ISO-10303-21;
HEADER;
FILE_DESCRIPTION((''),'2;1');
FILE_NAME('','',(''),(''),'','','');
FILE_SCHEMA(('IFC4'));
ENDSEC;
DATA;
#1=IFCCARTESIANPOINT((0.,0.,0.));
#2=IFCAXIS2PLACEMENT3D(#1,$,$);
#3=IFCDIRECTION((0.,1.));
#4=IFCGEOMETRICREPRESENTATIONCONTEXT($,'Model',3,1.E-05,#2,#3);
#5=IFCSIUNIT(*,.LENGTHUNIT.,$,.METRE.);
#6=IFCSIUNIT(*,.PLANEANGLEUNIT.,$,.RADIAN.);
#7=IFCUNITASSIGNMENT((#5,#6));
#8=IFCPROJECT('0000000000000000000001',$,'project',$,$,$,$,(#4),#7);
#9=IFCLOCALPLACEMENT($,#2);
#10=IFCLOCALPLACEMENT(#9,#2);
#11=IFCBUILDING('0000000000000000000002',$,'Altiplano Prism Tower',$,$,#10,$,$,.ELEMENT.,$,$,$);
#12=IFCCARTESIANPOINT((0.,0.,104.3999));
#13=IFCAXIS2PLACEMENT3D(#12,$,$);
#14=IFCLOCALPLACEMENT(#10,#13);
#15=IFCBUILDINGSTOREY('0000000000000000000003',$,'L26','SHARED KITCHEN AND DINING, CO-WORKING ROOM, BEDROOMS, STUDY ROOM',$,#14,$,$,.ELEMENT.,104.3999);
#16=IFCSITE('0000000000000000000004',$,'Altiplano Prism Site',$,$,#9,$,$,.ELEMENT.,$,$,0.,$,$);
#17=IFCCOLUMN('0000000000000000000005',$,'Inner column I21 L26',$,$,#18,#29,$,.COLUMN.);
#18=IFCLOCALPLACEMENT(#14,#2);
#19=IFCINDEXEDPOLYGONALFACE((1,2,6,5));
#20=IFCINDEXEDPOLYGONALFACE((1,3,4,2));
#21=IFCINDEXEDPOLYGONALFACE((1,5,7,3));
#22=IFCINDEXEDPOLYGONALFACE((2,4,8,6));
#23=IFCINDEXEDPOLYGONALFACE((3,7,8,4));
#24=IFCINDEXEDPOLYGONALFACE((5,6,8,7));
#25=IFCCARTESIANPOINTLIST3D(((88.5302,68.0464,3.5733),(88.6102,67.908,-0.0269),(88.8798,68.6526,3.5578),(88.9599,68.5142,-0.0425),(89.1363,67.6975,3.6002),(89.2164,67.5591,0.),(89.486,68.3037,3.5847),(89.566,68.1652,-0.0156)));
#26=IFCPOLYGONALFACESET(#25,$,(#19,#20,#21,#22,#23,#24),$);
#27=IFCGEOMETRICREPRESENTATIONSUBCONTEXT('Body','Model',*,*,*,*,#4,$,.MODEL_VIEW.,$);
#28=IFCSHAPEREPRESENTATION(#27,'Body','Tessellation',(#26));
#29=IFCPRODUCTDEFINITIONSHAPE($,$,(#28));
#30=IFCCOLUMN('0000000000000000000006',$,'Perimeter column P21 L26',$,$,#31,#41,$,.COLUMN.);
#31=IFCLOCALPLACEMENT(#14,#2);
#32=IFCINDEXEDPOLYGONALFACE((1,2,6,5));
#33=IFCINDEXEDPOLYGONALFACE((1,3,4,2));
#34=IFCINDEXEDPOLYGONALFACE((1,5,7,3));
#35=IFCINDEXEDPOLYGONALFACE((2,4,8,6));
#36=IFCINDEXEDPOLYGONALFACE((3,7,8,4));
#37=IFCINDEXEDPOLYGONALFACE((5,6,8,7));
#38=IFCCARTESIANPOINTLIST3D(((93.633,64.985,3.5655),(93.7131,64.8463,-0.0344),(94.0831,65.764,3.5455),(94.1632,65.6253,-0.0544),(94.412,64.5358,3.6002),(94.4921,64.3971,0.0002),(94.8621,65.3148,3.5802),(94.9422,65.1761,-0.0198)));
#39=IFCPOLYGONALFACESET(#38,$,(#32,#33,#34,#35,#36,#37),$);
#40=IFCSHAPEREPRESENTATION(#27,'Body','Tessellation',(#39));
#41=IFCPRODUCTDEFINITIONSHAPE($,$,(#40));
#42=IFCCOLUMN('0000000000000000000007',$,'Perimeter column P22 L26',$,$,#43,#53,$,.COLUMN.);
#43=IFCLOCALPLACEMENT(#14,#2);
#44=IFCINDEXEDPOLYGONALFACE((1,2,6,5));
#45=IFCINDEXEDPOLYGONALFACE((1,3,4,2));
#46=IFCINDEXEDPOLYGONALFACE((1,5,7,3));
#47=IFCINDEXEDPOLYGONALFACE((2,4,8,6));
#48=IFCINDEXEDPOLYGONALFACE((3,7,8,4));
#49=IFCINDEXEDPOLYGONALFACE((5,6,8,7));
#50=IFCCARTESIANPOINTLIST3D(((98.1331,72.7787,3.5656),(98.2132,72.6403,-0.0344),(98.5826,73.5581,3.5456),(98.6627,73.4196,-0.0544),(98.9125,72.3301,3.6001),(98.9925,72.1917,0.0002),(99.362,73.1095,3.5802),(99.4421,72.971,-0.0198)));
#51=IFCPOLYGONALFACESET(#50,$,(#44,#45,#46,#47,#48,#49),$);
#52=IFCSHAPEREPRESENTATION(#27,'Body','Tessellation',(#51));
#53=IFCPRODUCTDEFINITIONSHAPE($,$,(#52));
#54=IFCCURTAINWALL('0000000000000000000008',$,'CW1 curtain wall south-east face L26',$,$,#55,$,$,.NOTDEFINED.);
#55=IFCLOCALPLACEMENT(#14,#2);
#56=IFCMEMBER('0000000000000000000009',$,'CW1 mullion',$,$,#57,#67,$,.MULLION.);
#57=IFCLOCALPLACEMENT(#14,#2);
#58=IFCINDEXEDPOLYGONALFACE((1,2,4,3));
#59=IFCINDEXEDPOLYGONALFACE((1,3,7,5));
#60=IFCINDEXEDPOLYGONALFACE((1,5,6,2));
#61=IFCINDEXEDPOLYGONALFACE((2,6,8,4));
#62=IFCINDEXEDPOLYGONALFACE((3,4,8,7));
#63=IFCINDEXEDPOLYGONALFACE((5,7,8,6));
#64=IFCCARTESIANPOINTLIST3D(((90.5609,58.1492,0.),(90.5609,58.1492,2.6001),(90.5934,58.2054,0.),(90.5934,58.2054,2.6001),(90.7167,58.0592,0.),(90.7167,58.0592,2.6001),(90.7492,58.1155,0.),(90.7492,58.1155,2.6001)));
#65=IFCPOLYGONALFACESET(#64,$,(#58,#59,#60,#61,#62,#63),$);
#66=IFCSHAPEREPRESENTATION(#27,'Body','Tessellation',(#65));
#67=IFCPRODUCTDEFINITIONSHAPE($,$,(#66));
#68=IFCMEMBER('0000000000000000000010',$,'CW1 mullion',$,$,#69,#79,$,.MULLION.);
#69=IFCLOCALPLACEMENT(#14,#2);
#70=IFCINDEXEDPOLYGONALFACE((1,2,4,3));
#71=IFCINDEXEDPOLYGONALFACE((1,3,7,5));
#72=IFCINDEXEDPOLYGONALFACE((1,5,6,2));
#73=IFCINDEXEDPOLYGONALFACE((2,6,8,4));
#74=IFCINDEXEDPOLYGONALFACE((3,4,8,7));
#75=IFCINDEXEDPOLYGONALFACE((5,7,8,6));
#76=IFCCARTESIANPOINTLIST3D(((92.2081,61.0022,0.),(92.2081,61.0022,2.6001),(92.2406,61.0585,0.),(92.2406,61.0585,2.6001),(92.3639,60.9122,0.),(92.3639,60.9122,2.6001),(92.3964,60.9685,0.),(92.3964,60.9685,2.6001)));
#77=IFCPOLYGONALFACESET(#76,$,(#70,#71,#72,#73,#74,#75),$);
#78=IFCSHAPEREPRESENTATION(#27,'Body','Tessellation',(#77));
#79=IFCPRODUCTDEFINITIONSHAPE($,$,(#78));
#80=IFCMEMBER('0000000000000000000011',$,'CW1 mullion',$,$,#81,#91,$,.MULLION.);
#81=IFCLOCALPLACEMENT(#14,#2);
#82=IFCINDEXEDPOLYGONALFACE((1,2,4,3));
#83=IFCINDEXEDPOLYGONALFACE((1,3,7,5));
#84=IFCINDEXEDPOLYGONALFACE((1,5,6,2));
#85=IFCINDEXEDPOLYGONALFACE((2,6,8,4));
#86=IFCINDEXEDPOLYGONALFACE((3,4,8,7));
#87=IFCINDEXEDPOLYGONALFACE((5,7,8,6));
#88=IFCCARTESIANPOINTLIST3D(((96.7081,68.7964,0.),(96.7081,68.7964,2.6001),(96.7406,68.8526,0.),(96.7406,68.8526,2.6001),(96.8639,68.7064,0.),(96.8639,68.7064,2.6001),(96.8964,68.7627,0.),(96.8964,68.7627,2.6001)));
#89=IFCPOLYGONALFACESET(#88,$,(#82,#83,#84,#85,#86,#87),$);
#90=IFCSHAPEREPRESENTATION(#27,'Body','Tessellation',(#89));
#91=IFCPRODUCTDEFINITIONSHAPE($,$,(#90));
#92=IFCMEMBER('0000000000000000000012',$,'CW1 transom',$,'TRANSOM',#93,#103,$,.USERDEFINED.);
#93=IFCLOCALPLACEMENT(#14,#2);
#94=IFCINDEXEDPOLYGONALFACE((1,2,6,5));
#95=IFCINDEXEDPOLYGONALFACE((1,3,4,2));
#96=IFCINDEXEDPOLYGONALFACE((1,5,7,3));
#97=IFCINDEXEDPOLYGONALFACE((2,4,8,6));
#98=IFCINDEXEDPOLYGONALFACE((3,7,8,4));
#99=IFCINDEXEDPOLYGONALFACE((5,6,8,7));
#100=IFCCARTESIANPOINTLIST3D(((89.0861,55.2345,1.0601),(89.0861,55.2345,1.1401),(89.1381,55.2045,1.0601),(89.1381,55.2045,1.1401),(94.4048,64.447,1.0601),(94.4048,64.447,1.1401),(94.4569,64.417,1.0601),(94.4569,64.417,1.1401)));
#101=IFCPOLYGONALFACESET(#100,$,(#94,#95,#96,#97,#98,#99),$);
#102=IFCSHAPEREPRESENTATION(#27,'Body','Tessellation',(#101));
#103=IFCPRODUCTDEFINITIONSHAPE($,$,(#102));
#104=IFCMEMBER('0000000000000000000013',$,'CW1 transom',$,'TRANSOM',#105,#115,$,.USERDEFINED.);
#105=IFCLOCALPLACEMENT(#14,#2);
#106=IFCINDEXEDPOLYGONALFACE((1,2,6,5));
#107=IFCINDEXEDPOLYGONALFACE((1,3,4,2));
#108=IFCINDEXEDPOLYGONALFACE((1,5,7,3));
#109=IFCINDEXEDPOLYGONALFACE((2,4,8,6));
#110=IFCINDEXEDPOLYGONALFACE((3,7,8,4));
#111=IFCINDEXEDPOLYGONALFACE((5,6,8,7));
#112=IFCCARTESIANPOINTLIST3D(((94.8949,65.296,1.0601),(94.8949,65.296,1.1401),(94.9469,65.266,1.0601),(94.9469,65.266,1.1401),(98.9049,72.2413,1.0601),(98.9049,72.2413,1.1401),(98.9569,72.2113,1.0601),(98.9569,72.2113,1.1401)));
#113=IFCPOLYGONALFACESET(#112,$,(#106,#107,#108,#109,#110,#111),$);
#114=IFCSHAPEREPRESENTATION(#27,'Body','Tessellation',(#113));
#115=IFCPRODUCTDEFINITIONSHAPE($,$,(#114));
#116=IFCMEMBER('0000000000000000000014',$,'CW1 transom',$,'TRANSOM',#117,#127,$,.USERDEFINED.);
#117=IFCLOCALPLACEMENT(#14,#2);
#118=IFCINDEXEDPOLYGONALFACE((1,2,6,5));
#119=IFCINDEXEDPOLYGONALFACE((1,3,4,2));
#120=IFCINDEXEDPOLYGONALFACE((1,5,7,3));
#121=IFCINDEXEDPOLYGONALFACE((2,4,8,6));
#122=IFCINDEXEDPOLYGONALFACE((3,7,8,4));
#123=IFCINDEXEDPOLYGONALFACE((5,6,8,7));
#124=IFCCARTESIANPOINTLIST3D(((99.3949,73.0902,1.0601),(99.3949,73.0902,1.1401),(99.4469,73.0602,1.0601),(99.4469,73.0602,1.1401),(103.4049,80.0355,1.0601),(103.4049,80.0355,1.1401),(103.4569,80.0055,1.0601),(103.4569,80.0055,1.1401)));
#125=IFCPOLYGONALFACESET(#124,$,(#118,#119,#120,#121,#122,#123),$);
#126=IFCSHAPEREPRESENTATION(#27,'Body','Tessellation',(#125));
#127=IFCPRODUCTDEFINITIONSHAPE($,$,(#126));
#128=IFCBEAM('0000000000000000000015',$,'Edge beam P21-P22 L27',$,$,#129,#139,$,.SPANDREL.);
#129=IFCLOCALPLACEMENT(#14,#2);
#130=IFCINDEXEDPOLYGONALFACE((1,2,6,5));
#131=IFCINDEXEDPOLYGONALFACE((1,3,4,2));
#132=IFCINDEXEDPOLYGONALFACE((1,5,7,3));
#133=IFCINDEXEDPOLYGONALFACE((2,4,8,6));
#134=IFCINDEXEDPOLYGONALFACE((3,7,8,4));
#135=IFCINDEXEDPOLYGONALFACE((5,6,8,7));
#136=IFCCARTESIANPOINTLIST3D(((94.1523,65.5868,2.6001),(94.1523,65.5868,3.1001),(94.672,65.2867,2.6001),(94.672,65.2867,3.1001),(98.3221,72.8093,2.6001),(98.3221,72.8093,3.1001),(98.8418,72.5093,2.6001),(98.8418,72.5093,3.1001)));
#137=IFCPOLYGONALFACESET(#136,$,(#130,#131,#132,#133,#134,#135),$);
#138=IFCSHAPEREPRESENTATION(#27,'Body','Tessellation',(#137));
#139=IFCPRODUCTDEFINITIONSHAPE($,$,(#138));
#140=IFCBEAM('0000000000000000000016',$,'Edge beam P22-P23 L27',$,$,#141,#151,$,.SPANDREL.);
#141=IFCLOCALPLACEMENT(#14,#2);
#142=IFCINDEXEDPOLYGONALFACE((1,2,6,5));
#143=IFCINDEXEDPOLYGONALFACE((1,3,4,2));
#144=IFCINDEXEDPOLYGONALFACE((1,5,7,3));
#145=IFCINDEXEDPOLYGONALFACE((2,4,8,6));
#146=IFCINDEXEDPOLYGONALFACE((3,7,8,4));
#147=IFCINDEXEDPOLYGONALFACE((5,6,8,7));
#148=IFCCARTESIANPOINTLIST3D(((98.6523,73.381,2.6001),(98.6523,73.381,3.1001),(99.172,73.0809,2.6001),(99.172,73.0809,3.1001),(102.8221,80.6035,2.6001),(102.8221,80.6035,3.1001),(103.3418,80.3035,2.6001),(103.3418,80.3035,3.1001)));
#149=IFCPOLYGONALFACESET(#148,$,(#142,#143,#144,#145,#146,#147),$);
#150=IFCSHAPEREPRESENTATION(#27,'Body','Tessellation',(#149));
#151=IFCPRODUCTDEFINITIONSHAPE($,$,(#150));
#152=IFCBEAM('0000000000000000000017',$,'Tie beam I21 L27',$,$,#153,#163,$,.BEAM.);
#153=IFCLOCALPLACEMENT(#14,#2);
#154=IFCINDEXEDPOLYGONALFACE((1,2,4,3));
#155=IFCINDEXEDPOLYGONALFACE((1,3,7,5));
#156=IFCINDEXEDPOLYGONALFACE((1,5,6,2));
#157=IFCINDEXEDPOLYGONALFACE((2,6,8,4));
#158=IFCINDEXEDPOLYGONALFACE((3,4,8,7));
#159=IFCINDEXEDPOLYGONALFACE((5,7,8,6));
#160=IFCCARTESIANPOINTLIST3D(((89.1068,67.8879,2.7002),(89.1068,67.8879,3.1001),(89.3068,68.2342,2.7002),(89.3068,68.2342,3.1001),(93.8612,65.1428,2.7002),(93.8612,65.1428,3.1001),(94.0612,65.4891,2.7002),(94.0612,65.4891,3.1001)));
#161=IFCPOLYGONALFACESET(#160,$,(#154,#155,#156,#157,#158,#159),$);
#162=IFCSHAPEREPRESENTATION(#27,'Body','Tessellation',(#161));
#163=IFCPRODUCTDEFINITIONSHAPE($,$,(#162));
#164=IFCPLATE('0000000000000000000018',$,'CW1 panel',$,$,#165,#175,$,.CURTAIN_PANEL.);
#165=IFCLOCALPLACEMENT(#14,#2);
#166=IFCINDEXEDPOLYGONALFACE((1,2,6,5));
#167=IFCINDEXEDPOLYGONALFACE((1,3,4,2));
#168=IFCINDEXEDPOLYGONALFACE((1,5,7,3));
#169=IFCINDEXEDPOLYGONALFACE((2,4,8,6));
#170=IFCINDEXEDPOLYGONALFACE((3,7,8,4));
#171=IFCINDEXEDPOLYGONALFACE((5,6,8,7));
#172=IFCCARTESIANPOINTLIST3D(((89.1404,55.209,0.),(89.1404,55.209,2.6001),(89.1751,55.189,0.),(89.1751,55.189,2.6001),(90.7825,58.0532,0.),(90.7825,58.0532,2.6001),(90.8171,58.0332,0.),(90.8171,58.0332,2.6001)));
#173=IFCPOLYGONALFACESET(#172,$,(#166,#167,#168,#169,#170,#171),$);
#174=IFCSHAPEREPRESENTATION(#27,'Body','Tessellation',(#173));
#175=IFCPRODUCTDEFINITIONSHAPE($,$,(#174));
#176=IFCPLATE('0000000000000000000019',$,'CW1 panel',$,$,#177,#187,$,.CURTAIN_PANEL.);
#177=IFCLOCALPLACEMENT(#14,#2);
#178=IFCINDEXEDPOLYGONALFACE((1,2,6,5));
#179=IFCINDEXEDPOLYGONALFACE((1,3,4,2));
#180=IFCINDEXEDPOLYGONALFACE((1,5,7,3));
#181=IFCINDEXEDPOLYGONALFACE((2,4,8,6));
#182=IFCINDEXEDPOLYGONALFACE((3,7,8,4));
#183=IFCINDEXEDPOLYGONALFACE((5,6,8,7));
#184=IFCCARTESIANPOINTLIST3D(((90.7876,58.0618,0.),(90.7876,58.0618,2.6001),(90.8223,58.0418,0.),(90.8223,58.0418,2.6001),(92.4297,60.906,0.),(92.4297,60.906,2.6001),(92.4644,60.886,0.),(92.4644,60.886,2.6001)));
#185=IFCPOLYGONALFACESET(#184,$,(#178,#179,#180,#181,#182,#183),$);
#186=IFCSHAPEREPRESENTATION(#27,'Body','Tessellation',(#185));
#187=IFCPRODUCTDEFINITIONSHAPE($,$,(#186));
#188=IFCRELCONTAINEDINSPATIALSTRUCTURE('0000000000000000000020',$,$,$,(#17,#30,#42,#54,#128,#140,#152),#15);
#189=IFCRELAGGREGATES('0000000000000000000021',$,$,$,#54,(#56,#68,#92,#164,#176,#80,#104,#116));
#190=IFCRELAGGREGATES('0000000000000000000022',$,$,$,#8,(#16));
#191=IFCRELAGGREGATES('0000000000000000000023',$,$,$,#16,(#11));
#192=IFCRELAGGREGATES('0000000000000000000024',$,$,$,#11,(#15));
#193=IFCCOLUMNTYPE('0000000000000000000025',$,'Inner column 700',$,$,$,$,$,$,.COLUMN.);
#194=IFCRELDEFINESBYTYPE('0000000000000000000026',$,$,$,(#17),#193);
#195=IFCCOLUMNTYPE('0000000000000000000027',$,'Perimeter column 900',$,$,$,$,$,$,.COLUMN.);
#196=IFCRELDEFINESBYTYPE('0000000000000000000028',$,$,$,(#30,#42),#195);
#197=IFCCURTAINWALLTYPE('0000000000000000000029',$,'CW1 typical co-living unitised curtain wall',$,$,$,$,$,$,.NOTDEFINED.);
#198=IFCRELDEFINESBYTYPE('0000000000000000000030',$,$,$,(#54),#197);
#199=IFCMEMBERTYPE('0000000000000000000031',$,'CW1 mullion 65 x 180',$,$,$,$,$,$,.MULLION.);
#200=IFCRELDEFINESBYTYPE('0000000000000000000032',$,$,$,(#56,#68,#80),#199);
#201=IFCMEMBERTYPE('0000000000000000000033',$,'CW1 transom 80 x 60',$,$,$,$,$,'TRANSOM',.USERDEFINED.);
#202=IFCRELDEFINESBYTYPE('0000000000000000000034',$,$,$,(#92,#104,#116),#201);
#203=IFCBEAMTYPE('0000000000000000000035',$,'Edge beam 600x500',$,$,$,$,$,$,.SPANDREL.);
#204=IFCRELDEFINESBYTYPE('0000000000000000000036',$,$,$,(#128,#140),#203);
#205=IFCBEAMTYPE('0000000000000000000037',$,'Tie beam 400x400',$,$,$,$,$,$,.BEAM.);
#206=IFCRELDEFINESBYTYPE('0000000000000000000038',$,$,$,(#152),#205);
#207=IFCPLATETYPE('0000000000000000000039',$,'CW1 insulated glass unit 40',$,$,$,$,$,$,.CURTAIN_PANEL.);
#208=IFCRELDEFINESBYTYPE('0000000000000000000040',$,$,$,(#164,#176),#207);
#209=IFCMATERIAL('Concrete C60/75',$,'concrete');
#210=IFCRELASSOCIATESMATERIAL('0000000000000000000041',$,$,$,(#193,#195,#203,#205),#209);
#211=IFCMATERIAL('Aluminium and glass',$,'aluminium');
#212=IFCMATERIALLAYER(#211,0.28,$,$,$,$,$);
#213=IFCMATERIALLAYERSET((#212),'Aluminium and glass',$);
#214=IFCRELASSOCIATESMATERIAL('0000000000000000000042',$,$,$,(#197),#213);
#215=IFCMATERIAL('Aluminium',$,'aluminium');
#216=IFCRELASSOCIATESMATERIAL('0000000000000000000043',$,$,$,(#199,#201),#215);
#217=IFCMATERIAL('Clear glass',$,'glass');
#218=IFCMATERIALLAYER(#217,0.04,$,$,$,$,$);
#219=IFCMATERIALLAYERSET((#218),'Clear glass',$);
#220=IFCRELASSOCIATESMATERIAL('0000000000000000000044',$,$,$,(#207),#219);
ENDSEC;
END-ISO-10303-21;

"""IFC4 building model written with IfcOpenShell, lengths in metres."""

from ifc_helpers import new_model, si_unit, direction, frame, origin, origin_2d, place, context, subcontext, project, spatial, rectangle, extrude, material, layer, layer_set, material_profile, profile_set, type_object, element, aggregate, save


model = new_model("IFC4")

# Units and contexts
model_context = context("Model", 3, precision=1e-05, world=origin(), true_north=direction((0.0, 1.0)))
body_context = subcontext(model_context, "Body", "Model", "MODEL_VIEW")
ifc_project = project(units=[si_unit("LENGTHUNIT", "METRE"), si_unit("PLANEANGLEUNIT", "RADIAN")], contexts=[model_context])

# Site, building, storey
site_placement = place(None, origin())
site = spatial("IfcSite", under=ifc_project, at=site_placement, Name="Altiplano Prism Site", CompositionType="ELEMENT", RefElevation=0.0)
building_placement = place(site_placement, origin())
building = spatial("IfcBuilding", under=site, at=building_placement, Name="Altiplano Prism Tower", CompositionType="ELEMENT")
storey_placement = place(building_placement, frame((0.0, 0.0, 104.3999)))
storey = spatial("IfcBuildingStorey", under=building, at=storey_placement, Name="L26", Description="SHARED KITCHEN AND DINING, CO-WORKING ROOM, BEDROOMS, STUDY ROOM", CompositionType="ELEMENT", Elevation=104.3999)

# Columns
ifc_material_1 = material(Name="Concrete C60/75", Category="concrete")
ifc_material_profile_1 = material_profile(ifc_material_1, rectangle(XDim=0.7, YDim=0.7, at=origin_2d()), Name="Inner column 700")
ifc_profile_set_1 = profile_set([ifc_material_profile_1], Name="Concrete C60/75")
column_type_1 = type_object("IfcColumnType", Name="Inner column 700", PredefinedType="COLUMN", material=ifc_profile_set_1)
column_placement = place(storey_placement, frame((89.0881, 68.0366, -0.0212), z_axis=(-0.022221, 0.038413, 0.999015), x_axis=(-0.499513, -0.866022, 0.022189)))
element("IfcColumn", 1, at=column_placement, inside=storey, type_object=column_type_1, Name="Inner column I21 L26", PredefinedType="COLUMN", context=body_context, shape_type="SweptSolid", body=[
    extrude(rectangle(XDim=0.7, YDim=0.7, at=origin_2d()), origin(), (0.0, 0.0, 1.0), 3.6038),
])
ifc_material_profile_2 = material_profile(ifc_material_1, rectangle(XDim=0.8999, YDim=0.8999, at=origin_2d()), Name="Perimeter column 900")
ifc_profile_set_2 = profile_set([ifc_material_profile_2], Name="Concrete C60/75")
column_type_2 = type_object("IfcColumnType", Name="Perimeter column 900", PredefinedType="COLUMN", material=ifc_profile_set_2)
for number, where, z_axis, x_axis, name in (
    (2, (94.3276, 65.0112, -0.0271), (-0.022223, 0.038483, 0.999012), (-0.500175, -0.865639, 0.022219), "Perimeter column P21 L26"),
    (3, (98.8276, 72.8057, -0.0271), (-0.022223, 0.038416, 0.999015), (-0.499513, -0.866022, 0.02219), "Perimeter column P22 L26"),
):
    element("IfcColumn", number, at=place(storey_placement, frame(where, z_axis=z_axis, x_axis=x_axis)), inside=storey, type_object=column_type_2, Name=name, PredefinedType="COLUMN", context=body_context, shape_type="SweptSolid", body=[
        extrude(rectangle(XDim=0.8999, YDim=0.8999, at=origin_2d()), origin(), (0.0, 0.0, 1.0), 3.6035),
    ])

# Curtain wall, members
ifc_material_2 = material(Name="Aluminium and glass", Category="aluminium")
ifc_layer_1 = layer(ifc_material_2, 0.28)
ifc_layer_set_1 = layer_set([ifc_layer_1], Name="Aluminium and glass")
curtain_wall_type = type_object("IfcCurtainWallType", Name="CW1 typical co-living unitised curtain wall", PredefinedType="NOTDEFINED", material=ifc_layer_set_1)
curtain_wall_placement = place(storey_placement, origin())
curtain_wall = element("IfcCurtainWall", 4, at=curtain_wall_placement, inside=storey, type_object=curtain_wall_type, Name="CW1 curtain wall south-east face L26", PredefinedType="NOTDEFINED")
ifc_material_3 = material(Name="Aluminium", Category="aluminium")
ifc_material_profile_3 = material_profile(ifc_material_3, rectangle(XDim=0.1799, YDim=0.0649, at=origin_2d()), Name="CW1 mullion 65 x 180")
ifc_profile_set_3 = profile_set([ifc_material_profile_3], Name="Aluminium")
member_type_1 = type_object("IfcMemberType", Name="CW1 mullion 65 x 180", PredefinedType="MULLION", material=ifc_profile_set_3)
member_1_placement = place(storey_placement, frame((90.655, 58.1323, 0.0), z_axis=(0.0, 0.0, 1.0), x_axis=(-0.866025, 0.5, 0.0)))
member_1 = element("IfcMember", 5, at=member_1_placement, type_object=member_type_1, Name="CW1 mullion", PredefinedType="MULLION", context=body_context, shape_type="SweptSolid", body=[
    extrude(rectangle(XDim=0.1799, YDim=0.0649, at=origin_2d()), origin(), (0.0, 0.0, 1.0), 2.6001),
])
member_2_placement = place(storey_placement, frame((92.3022, 60.9854, 0.0), z_axis=(0.0, 0.0, 1.0), x_axis=(-0.866025, 0.5, 0.0)))
member_2 = element("IfcMember", 6, at=member_2_placement, type_object=member_type_1, Name="CW1 mullion", PredefinedType="MULLION", context=body_context, shape_type="SweptSolid", body=[
    extrude(rectangle(XDim=0.1799, YDim=0.0649, at=origin_2d()), origin(), (0.0, 0.0, 1.0), 2.6001),
])
member_3_placement = place(storey_placement, frame((96.8022, 68.7795, 0.0), z_axis=(0.0, 0.0, 1.0), x_axis=(-0.866025, 0.5, 0.0)))
member_3 = element("IfcMember", 7, at=member_3_placement, type_object=member_type_1, Name="CW1 mullion", PredefinedType="MULLION", context=body_context, shape_type="SweptSolid", body=[
    extrude(rectangle(XDim=0.1799, YDim=0.0649, at=origin_2d()), origin(), (0.0, 0.0, 1.0), 2.6001),
])
ifc_material_profile_4 = material_profile(ifc_material_3, rectangle(XDim=0.0601, YDim=0.0801, at=origin_2d()), Name="CW1 transom 80 x 60")
ifc_profile_set_4 = profile_set([ifc_material_profile_4], Name="Aluminium")
member_type_2 = type_object("IfcMemberType", Name="CW1 transom 80 x 60", ElementType="TRANSOM", PredefinedType="USERDEFINED", material=ifc_profile_set_4)
member_4_placement = place(storey_placement, frame((89.1121, 55.2195, 1.1001), z_axis=(0.499995, 0.866029, 0.0), x_axis=(-0.866029, 0.499995, 0.0)))
member_4 = element("IfcMember", 8, at=member_4_placement, type_object=member_type_2, Name="CW1 transom", ObjectType="TRANSOM", PredefinedType="USERDEFINED", context=body_context, shape_type="SweptSolid", body=[
    extrude(rectangle(XDim=0.0601, YDim=0.0801, at=origin_2d()), origin(), (0.0, 0.0, 1.0), 10.6377),
])
member_5_placement = place(storey_placement, frame((94.9209, 65.281, 1.1001), z_axis=(0.500012, 0.866018, 0.0), x_axis=(-0.866018, 0.500012, 0.0)))
member_5 = element("IfcMember", 9, at=member_5_placement, type_object=member_type_2, Name="CW1 transom", ObjectType="TRANSOM", PredefinedType="USERDEFINED", context=body_context, shape_type="SweptSolid", body=[
    extrude(rectangle(XDim=0.0601, YDim=0.0801, at=origin_2d()), origin(), (0.0, 0.0, 1.0), 8.0198),
])
member_6_placement = place(storey_placement, frame((99.4209, 73.0752, 1.1001), z_axis=(0.500012, 0.866018, 0.0), x_axis=(-0.866018, 0.500012, 0.0)))
member_6 = element("IfcMember", 10, at=member_6_placement, type_object=member_type_2, Name="CW1 transom", ObjectType="TRANSOM", PredefinedType="USERDEFINED", context=body_context, shape_type="SweptSolid", body=[
    extrude(rectangle(XDim=0.0601, YDim=0.0801, at=origin_2d()), origin(), (0.0, 0.0, 1.0), 8.0198),
])

# Beams
ifc_material_profile_5 = material_profile(ifc_material_1, rectangle(XDim=0.6001, YDim=0.5, at=origin_2d()), Name="Edge beam 600x500")
ifc_profile_set_5 = profile_set([ifc_material_profile_5], Name="Concrete C60/75")
beam_type_1 = type_object("IfcBeamType", Name="Edge beam 600x500", PredefinedType="SPANDREL", material=ifc_profile_set_5)
for number, where, z_axis, x_axis, name in (
    (11, (94.4121, 65.4368, 2.8501), (0.499993, 0.86603, 0.0), (-0.86603, 0.499993, 0.0), "Edge beam P21-P22 L27"),
    (12, (98.9121, 73.231, 2.8501), (0.499993, 0.86603, 0.0), (-0.86603, 0.499993, 0.0), "Edge beam P22-P23 L27"),
):
    element("IfcBeam", number, at=place(storey_placement, frame(where, z_axis=z_axis, x_axis=x_axis)), inside=storey, type_object=beam_type_1, Name=name, PredefinedType="SPANDREL", context=body_context, shape_type="SweptSolid", body=[
        extrude(rectangle(XDim=0.6001, YDim=0.5, at=origin_2d()), origin(), (0.0, 0.0, 1.0), 8.3398),
    ])
ifc_material_profile_6 = material_profile(ifc_material_1, rectangle(XDim=0.3999, YDim=0.3999, at=origin_2d()), Name="Tie beam 400x400")
ifc_profile_set_6 = profile_set([ifc_material_profile_6], Name="Concrete C60/75")
beam_type_2 = type_object("IfcBeamType", Name="Tie beam 400x400", PredefinedType="BEAM", material=ifc_profile_set_6)
beam_placement = place(storey_placement, frame((89.2068, 68.061, 2.9001), z_axis=(0.866012, -0.500023, 0.0), x_axis=(0.500023, 0.866012, 0.0)))
element("IfcBeam", 13, at=beam_placement, inside=storey, type_object=beam_type_2, Name="Tie beam I21 L27", PredefinedType="BEAM", context=body_context, shape_type="SweptSolid", body=[
    extrude(rectangle(XDim=0.3999, YDim=0.3999, at=origin_2d()), origin(), (0.0, 0.0, 1.0), 5.49),
])

# Plates
ifc_material_4 = material(Name="Clear glass", Category="glass")
ifc_layer_2 = layer(ifc_material_4, 0.04)
ifc_layer_set_2 = layer_set([ifc_layer_2], Name="Clear glass")
plate_type = type_object("IfcPlateType", Name="CW1 insulated glass unit 40", PredefinedType="CURTAIN_PANEL", material=ifc_layer_set_2)
plate_1_placement = place(storey_placement, frame((89.9788, 56.6211, 0.0), z_axis=(0.0, 0.0, 1.0), x_axis=(0.5, 0.866025, 0.0)))
plate_1 = element("IfcPlate", 14, at=plate_1_placement, type_object=plate_type, Name="CW1 panel", PredefinedType="CURTAIN_PANEL", context=body_context, shape_type="SweptSolid", body=[
    extrude(rectangle(XDim=3.2842, YDim=0.04, at=origin_2d()), origin(), (0.0, 0.0, 1.0), 2.6001),
])
plate_2_placement = place(storey_placement, frame((91.626, 59.4739, 0.0), z_axis=(0.0, 0.0, 1.0), x_axis=(0.5, 0.866025, 0.0)))
plate_2 = element("IfcPlate", 15, at=plate_2_placement, type_object=plate_type, Name="CW1 panel", PredefinedType="CURTAIN_PANEL", context=body_context, shape_type="SweptSolid", body=[
    extrude(rectangle(XDim=3.2842, YDim=0.04, at=origin_2d()), origin(), (0.0, 0.0, 1.0), 2.6001),
])
aggregate(curtain_wall, [member_1, member_2, member_4, plate_1, plate_2, member_3, member_5, member_6])

save(model, "model.ifc")
